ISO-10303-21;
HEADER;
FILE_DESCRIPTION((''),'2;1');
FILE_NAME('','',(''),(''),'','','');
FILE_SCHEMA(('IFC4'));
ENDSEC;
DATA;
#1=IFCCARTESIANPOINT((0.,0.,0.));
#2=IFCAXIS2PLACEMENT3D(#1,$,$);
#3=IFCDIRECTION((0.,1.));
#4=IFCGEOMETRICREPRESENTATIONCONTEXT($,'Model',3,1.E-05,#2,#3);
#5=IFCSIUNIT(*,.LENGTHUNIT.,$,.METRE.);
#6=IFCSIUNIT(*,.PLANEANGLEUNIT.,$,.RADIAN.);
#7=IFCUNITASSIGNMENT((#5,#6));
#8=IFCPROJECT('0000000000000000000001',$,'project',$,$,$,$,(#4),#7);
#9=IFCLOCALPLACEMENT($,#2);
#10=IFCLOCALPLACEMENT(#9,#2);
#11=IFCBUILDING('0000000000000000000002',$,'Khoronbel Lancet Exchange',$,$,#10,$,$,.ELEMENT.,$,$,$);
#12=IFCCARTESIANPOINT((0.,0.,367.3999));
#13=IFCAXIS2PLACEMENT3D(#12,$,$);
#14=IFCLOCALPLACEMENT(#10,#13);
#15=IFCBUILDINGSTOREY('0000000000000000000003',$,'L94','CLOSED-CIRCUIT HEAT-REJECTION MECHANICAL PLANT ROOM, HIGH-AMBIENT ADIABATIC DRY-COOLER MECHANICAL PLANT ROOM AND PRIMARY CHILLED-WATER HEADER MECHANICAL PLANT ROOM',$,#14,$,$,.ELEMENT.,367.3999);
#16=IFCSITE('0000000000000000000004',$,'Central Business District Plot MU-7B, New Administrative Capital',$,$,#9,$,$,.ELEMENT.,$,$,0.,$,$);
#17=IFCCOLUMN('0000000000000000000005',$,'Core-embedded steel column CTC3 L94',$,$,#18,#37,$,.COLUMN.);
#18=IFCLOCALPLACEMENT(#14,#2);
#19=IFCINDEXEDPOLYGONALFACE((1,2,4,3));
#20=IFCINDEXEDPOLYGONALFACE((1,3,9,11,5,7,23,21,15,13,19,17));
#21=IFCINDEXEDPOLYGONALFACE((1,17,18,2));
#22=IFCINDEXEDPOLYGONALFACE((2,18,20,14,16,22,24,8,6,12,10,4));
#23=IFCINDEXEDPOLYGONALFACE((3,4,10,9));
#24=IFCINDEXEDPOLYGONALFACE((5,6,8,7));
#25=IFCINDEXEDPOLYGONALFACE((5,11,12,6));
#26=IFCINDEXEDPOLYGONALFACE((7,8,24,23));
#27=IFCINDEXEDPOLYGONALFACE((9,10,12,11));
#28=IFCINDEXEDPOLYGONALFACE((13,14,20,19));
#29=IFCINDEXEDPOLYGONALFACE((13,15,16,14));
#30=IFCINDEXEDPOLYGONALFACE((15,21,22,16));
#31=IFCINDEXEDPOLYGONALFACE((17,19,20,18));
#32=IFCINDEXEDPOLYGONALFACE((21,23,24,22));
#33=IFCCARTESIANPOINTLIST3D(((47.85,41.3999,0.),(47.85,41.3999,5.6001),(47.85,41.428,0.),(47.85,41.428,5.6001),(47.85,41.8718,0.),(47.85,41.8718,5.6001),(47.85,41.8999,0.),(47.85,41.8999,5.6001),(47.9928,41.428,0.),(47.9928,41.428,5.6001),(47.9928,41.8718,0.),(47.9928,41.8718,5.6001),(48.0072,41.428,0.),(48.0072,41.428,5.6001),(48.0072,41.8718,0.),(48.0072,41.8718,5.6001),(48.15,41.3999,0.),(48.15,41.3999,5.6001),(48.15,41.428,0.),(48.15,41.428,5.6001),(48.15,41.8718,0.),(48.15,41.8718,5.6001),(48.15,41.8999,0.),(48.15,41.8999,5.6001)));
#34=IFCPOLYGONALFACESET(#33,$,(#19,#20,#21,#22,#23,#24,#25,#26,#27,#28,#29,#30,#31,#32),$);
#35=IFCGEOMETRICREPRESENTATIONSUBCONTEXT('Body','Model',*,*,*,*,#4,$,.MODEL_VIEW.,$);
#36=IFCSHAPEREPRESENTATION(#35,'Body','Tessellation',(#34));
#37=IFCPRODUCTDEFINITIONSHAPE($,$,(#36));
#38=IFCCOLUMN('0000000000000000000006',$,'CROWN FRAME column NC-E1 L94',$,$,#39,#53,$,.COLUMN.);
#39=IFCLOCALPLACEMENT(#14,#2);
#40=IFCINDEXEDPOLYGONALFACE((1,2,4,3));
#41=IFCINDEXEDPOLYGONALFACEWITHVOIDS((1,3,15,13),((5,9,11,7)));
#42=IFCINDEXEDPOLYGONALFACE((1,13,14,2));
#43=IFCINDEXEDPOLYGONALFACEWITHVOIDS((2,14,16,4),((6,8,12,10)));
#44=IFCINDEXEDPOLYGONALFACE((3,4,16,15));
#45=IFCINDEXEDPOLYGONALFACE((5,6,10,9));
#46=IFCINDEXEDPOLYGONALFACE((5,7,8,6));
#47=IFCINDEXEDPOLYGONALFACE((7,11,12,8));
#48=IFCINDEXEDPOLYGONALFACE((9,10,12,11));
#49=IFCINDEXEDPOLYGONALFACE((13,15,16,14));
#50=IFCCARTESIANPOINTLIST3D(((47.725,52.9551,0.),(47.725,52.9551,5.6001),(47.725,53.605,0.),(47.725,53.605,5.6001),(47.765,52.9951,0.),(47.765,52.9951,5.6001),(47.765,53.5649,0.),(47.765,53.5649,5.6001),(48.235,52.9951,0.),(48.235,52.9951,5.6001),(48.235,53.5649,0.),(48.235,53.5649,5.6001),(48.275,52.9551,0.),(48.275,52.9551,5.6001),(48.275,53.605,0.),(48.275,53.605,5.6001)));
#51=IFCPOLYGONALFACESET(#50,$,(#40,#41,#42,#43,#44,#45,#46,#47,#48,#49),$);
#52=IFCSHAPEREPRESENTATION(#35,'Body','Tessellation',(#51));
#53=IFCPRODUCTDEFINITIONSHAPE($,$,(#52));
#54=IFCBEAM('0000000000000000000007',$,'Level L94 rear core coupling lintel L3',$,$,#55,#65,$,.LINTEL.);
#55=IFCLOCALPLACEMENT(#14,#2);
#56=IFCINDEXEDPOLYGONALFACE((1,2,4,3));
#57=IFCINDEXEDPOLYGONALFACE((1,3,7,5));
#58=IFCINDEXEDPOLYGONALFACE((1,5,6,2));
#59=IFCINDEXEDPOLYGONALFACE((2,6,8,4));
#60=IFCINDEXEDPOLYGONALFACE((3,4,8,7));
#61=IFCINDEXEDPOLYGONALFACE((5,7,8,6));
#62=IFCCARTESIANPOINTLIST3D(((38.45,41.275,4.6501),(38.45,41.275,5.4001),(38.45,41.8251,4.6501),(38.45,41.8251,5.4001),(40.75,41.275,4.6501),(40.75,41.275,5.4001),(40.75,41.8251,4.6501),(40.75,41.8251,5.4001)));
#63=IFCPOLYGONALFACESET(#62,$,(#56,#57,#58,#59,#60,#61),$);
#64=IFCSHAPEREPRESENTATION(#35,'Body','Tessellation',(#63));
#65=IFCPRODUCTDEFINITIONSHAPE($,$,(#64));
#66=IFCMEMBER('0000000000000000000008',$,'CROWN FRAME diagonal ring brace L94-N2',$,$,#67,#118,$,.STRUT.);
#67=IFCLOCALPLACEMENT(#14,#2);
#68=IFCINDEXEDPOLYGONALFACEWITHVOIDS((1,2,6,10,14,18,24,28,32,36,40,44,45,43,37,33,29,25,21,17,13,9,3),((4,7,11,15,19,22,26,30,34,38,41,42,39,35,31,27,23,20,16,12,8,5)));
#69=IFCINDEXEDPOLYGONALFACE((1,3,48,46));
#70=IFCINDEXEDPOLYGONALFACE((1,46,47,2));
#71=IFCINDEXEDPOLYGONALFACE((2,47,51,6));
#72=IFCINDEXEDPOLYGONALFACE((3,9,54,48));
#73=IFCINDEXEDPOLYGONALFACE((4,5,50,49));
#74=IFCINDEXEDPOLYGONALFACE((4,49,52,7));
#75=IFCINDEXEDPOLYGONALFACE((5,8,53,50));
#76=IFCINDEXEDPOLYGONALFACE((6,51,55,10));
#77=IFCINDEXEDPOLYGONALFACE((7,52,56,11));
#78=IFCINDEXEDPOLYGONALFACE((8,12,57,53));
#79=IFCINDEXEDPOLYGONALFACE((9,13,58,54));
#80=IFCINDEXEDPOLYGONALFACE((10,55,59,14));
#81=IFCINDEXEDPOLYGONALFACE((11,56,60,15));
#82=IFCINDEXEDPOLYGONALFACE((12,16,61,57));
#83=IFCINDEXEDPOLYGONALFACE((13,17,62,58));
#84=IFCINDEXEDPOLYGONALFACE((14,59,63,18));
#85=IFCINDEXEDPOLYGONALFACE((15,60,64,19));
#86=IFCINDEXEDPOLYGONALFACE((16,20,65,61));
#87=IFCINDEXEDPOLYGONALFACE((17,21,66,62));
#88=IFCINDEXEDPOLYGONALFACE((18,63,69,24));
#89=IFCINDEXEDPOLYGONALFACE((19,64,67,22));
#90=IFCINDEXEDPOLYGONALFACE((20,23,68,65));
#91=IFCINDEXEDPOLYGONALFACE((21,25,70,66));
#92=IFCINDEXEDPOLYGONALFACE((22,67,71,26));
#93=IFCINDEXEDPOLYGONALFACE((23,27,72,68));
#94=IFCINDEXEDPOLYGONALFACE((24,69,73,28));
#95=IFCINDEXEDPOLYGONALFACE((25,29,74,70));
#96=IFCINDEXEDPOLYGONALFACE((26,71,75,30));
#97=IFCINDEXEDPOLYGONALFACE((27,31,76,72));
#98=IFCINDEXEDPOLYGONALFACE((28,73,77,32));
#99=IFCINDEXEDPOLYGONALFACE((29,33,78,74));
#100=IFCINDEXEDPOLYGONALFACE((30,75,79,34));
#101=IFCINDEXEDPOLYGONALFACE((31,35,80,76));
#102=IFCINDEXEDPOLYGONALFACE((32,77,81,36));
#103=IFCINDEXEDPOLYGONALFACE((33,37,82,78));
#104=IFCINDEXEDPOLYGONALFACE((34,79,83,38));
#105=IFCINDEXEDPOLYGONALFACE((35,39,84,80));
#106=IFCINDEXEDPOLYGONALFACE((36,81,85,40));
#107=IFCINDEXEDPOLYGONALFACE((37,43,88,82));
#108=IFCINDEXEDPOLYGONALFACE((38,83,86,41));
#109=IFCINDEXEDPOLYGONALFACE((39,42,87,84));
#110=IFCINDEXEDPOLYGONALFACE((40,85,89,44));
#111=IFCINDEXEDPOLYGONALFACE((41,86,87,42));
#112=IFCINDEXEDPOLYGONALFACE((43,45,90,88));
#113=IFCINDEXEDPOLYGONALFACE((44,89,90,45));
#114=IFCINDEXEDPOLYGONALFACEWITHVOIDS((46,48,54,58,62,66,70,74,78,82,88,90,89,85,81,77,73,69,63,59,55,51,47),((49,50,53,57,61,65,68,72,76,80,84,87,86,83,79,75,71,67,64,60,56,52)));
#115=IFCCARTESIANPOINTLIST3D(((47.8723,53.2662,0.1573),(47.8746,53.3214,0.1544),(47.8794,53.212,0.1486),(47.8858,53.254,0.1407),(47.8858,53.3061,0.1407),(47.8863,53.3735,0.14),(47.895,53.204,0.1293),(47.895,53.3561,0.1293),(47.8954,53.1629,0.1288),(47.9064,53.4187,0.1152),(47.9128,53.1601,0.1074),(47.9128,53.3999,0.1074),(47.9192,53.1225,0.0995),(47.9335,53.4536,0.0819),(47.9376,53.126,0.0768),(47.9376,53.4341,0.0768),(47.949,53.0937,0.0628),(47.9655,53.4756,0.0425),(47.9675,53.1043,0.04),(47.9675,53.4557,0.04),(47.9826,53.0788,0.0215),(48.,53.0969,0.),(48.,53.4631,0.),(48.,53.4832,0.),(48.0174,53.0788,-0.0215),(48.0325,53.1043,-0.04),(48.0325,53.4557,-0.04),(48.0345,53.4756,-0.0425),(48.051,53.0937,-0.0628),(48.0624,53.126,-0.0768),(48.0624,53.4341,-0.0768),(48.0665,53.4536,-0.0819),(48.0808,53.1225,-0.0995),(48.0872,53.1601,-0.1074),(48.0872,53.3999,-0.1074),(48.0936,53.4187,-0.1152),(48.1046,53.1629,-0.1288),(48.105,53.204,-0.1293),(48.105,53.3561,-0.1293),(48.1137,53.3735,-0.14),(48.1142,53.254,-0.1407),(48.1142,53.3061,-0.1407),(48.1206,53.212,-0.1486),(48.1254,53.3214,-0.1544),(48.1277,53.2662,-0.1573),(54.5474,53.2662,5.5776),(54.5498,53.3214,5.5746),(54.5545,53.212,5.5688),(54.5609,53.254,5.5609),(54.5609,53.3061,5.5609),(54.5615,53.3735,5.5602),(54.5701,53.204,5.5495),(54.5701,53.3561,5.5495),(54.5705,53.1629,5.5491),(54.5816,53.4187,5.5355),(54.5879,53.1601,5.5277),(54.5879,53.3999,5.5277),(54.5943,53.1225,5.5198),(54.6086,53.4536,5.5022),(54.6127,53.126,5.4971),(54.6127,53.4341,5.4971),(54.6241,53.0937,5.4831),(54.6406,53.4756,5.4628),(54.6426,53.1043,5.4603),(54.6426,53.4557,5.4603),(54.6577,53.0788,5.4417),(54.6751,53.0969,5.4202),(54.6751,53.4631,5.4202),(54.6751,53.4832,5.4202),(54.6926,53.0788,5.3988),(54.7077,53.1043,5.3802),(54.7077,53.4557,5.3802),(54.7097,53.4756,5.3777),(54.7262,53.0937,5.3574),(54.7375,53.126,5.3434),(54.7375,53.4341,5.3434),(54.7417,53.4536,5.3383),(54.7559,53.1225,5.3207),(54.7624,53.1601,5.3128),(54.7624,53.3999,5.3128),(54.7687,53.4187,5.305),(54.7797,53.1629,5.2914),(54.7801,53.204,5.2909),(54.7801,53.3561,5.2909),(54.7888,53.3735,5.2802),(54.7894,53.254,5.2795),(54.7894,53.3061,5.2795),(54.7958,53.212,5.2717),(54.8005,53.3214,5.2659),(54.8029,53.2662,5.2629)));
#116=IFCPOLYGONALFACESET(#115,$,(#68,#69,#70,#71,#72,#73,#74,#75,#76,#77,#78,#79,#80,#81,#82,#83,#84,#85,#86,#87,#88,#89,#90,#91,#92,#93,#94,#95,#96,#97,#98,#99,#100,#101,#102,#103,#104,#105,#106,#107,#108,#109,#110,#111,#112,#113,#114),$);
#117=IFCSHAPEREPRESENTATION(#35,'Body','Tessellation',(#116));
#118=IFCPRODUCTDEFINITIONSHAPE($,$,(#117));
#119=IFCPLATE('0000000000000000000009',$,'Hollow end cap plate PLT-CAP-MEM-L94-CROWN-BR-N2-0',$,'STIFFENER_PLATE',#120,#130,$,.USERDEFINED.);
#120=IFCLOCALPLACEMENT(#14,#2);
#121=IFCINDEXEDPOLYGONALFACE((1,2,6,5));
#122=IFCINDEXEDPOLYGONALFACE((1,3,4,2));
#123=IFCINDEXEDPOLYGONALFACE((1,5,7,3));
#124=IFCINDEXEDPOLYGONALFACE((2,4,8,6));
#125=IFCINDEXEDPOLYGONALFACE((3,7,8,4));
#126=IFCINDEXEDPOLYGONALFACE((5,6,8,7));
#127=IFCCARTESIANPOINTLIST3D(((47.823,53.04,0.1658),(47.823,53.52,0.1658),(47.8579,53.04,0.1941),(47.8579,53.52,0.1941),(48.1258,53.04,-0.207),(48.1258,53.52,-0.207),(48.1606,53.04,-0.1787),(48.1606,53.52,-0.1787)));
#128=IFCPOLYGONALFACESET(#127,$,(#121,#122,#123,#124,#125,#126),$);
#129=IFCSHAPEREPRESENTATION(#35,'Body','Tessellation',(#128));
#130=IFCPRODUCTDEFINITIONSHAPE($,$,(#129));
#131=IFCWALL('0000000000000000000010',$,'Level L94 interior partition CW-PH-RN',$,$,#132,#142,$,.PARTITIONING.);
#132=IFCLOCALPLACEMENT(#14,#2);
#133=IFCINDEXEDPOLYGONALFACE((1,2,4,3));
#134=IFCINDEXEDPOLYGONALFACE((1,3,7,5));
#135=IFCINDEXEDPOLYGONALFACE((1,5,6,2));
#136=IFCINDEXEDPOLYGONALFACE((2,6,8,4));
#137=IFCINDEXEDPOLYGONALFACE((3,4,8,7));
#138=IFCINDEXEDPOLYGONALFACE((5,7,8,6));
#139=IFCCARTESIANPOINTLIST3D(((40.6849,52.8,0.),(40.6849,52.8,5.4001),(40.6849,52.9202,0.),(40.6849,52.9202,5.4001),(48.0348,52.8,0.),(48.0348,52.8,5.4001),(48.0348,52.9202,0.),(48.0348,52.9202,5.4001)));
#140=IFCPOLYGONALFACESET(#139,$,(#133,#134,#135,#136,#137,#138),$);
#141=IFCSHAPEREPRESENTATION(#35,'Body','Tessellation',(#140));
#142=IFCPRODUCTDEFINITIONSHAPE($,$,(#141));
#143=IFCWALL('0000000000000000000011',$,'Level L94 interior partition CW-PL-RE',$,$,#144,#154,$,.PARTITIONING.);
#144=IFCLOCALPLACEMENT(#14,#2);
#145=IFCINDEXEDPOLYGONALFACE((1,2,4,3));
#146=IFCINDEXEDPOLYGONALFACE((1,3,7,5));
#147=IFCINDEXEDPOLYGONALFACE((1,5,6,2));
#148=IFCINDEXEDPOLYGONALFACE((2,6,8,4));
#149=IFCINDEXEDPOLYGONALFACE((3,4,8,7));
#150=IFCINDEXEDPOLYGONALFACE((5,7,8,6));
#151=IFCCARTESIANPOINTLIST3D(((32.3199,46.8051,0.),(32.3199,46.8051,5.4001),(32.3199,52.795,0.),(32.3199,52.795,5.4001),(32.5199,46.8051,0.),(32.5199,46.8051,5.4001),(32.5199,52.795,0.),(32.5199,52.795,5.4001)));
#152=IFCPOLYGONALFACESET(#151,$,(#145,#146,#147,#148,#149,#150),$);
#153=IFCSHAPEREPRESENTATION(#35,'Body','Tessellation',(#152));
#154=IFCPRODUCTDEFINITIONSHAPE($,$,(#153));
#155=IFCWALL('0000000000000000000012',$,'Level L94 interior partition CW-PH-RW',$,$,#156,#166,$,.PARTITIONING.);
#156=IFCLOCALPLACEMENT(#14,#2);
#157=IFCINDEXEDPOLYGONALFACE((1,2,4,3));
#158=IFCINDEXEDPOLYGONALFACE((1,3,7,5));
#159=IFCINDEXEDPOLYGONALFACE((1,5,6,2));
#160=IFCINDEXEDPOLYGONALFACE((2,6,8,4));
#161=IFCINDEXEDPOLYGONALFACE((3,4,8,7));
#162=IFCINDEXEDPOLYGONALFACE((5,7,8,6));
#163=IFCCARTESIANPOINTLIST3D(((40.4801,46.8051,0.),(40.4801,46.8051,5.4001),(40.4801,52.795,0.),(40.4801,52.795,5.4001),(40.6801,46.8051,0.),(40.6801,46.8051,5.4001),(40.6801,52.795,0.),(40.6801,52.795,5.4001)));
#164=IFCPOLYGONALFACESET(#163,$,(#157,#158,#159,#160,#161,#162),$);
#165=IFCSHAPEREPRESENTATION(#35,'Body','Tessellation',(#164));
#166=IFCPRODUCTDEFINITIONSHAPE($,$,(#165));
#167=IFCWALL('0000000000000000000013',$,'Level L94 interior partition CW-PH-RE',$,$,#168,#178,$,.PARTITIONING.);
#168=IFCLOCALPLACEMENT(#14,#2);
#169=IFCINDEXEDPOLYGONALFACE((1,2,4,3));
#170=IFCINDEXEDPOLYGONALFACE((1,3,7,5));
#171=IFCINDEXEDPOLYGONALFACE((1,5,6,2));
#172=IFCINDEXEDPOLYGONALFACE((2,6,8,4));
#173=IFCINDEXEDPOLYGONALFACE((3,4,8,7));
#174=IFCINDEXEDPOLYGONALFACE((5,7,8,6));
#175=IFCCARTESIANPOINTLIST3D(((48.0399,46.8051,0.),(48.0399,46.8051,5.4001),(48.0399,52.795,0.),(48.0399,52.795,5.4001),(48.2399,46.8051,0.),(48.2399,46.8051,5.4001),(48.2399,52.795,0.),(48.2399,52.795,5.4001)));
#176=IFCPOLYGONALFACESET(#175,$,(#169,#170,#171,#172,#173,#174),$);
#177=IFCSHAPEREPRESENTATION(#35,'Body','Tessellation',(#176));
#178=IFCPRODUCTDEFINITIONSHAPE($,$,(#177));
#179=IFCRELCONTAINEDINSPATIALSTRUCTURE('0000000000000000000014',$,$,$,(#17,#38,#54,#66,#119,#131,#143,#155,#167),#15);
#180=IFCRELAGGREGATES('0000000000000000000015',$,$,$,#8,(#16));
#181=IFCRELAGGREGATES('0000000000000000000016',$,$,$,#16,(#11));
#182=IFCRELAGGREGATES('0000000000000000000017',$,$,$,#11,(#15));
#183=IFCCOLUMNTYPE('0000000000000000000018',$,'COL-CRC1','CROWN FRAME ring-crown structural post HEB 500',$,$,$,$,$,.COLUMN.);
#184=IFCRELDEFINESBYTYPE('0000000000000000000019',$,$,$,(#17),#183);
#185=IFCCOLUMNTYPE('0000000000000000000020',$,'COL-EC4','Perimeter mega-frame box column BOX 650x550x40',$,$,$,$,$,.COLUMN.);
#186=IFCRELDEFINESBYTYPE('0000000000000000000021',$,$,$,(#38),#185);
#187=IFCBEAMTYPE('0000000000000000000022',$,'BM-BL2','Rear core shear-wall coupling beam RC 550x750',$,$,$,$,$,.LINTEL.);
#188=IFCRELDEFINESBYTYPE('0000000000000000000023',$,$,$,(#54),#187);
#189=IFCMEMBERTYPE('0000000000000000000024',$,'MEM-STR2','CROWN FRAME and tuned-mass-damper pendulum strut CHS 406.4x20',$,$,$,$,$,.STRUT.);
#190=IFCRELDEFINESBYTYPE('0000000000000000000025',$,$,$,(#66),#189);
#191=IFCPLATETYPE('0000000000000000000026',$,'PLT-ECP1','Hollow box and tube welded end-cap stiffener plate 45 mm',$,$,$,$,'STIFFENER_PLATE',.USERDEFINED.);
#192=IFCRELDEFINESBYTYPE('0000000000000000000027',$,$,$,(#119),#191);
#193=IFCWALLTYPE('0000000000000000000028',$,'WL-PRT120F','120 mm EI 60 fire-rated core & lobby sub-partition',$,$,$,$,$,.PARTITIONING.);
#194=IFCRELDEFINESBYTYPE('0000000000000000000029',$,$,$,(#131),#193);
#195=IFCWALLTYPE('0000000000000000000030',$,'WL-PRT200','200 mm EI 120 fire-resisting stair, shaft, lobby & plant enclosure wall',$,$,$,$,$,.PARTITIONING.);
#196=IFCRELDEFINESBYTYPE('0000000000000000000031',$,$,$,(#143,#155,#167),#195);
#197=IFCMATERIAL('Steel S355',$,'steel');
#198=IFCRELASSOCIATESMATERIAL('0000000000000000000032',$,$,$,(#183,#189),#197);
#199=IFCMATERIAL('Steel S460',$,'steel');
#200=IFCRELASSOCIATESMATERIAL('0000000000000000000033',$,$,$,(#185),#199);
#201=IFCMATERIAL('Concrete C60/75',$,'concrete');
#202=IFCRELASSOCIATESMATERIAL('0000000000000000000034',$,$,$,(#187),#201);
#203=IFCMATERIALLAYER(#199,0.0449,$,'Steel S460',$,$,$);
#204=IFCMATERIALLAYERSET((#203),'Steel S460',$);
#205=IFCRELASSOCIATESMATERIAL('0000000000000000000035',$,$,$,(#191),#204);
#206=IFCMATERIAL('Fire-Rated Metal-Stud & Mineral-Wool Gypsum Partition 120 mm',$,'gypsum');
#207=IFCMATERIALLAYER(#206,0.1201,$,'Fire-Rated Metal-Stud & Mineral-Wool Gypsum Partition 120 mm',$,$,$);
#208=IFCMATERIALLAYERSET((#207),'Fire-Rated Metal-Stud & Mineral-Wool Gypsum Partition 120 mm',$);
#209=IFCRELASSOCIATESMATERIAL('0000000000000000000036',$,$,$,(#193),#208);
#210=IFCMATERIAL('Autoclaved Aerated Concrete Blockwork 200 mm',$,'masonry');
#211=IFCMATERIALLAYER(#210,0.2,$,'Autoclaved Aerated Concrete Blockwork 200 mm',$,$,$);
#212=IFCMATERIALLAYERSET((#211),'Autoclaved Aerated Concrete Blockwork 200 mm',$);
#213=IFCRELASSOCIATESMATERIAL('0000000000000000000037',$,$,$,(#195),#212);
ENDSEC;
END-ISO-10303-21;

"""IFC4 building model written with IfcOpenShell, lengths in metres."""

from ifc_helpers import new_model, si_unit, direction, frame, frame_2d, origin, origin_2d, place, context, subcontext, project, spatial, polyline, rectangle, hollow_rectangle, hollow_circle, i_section, outline, extrude, material, layer, layer_set, material_profile, profile_set, type_object, element, save


model = new_model("IFC4")

# Units and contexts
model_context = context("Model", 3, precision=1e-05, world=origin(), true_north=direction((0.0, 1.0)))
body_context = subcontext(model_context, "Body", "Model", "MODEL_VIEW")
ifc_project = project(units=[si_unit("LENGTHUNIT", "METRE"), si_unit("PLANEANGLEUNIT", "RADIAN")], contexts=[model_context])

# Site, building, storey
site_placement = place(None, origin())
site = spatial("IfcSite", under=ifc_project, at=site_placement, Name="Central Business District Plot MU-7B, New Administrative Capital", CompositionType="ELEMENT", RefElevation=0.0)
building_placement = place(site_placement, origin())
building = spatial("IfcBuilding", under=site, at=building_placement, Name="Khoronbel Lancet Exchange", CompositionType="ELEMENT")
storey_placement = place(building_placement, frame((0.0, 0.0, 367.3999)))
storey = spatial("IfcBuildingStorey", under=building, at=storey_placement, Name="L94", Description="CLOSED-CIRCUIT HEAT-REJECTION MECHANICAL PLANT ROOM, HIGH-AMBIENT ADIABATIC DRY-COOLER MECHANICAL PLANT ROOM AND PRIMARY CHILLED-WATER HEADER MECHANICAL PLANT ROOM", CompositionType="ELEMENT", Elevation=367.3999)

# Columns
ifc_material_1 = material(Name="Steel S355", Category="steel")
ifc_material_profile_1 = material_profile(ifc_material_1, i_section(OverallWidth=0.3, OverallDepth=0.5, WebThickness=0.0144, FlangeThickness=0.0281, at=origin_2d()), Name="HEB 500")
ifc_profile_set_1 = profile_set([ifc_material_profile_1], Name="Steel S355")
column_type_1 = type_object("IfcColumnType", Name="COL-CRC1", Description="CROWN FRAME ring-crown structural post HEB 500", PredefinedType="COLUMN", material=ifc_profile_set_1)
column_1_placement = place(storey_placement, frame((48.0, 41.6499, 0.0), z_axis=(0.0, 0.0, 1.0), x_axis=(1.0, 0.0, 0.0)))
element("IfcColumn", 1, at=column_1_placement, inside=storey, type_object=column_type_1, Name="Core-embedded steel column CTC3 L94", PredefinedType="COLUMN", context=body_context, shape_type="SweptSolid", body=[
    extrude(i_section(OverallWidth=0.3, OverallDepth=0.5, WebThickness=0.0144, FlangeThickness=0.0281, at=origin_2d()), origin(), (0.0, 0.0, 1.0), 5.6001),
])
ifc_material_2 = material(Name="Steel S460", Category="steel")
ifc_material_profile_2 = material_profile(ifc_material_2, hollow_rectangle(XDim=0.55, YDim=0.6499, WallThickness=0.04, at=origin_2d()), Name="BOX 650x550x40")
ifc_profile_set_2 = profile_set([ifc_material_profile_2], Name="Steel S460")
column_type_2 = type_object("IfcColumnType", Name="COL-EC4", Description="Perimeter mega-frame box column BOX 650x550x40", PredefinedType="COLUMN", material=ifc_profile_set_2)
column_2_placement = place(storey_placement, frame((48.0, 53.28, 0.0), z_axis=(0.0, 0.0, 1.0), x_axis=(1.0, 0.0, 0.0)))
element("IfcColumn", 2, at=column_2_placement, inside=storey, type_object=column_type_2, Name="CROWN FRAME column NC-E1 L94", PredefinedType="COLUMN", context=body_context, shape_type="SweptSolid", body=[
    extrude(hollow_rectangle(XDim=0.55, YDim=0.6499, WallThickness=0.04, at=origin_2d()), origin(), (0.0, 0.0, 1.0), 5.6001),
])

# Beam
ifc_material_3 = material(Name="Concrete C60/75", Category="concrete")
ifc_material_profile_3 = material_profile(ifc_material_3, rectangle(XDim=0.55, YDim=0.75, at=origin_2d()), Name="RC 550x750")
ifc_profile_set_3 = profile_set([ifc_material_profile_3], Name="Concrete C60/75")
beam_type = type_object("IfcBeamType", Name="BM-BL2", Description="Rear core shear-wall coupling beam RC 550x750", PredefinedType="LINTEL", material=ifc_profile_set_3)
beam_placement = place(storey_placement, frame((38.45, 41.55, 5.0251), z_axis=(1.0, 0.0, 0.0), x_axis=(0.0, 1.0, 0.0)))
element("IfcBeam", 3, at=beam_placement, inside=storey, type_object=beam_type, Name="Level L94 rear core coupling lintel L3", PredefinedType="LINTEL", context=body_context, shape_type="SweptSolid", body=[
    extrude(rectangle(XDim=0.55, YDim=0.75, at=origin_2d()), origin(), (0.0, 0.0, 1.0), 2.3),
])

# Member
ifc_material_profile_4 = material_profile(ifc_material_1, hollow_circle(Radius=0.2031, WallThickness=0.02, at=origin_2d()), Name="CHS 406.4x20")
ifc_profile_set_4 = profile_set([ifc_material_profile_4], Name="Steel S355")
member_type = type_object("IfcMemberType", Name="MEM-STR2", Description="CROWN FRAME and tuned-mass-damper pendulum strut CHS 406.4x20", PredefinedType="STRUT", material=ifc_profile_set_4)
member_placement = place(storey_placement, frame((48.0, 53.28, 0.0), z_axis=(0.776302, 0.0, 0.630361), x_axis=(0.0, 1.0, 0.0)))
element("IfcMember", 4, at=member_placement, inside=storey, type_object=member_type, Name="CROWN FRAME diagonal ring brace L94-N2", PredefinedType="STRUT", context=body_context, shape_type="SweptSolid", body=[
    extrude(hollow_circle(Radius=0.2031, WallThickness=0.02, at=origin_2d()), origin(), (0.0, 0.0, 1.0), 8.5986),
])

# Plate
ifc_layer_1 = layer(ifc_material_2, 0.0449, Name="Steel S460")
ifc_layer_set_1 = layer_set([ifc_layer_1], Name="Steel S460")
plate_type = type_object("IfcPlateType", Name="PLT-ECP1", Description="Hollow box and tube welded end-cap stiffener plate 45 mm", ElementType="STIFFENER_PLATE", PredefinedType="USERDEFINED", material=ifc_layer_set_1)
plate_placement = place(storey_placement, frame((48.1606, 53.04, -0.1787), z_axis=(0.776285, 0.0, 0.630382), x_axis=(0.0, 1.0, 0.0)))
element("IfcPlate", 5, at=plate_placement, inside=storey, type_object=plate_type, Name="Hollow end cap plate PLT-CAP-MEM-L94-CROWN-BR-N2-0", ObjectType="STIFFENER_PLATE", PredefinedType="USERDEFINED", context=body_context, shape_type="SweptSolid", body=[
    extrude(outline(polyline([(0.0, 0.0), (0.48, 0.0), (0.48, 0.4802), (0.0, 0.4802), (0.0, 0.0)])), origin(), (0.0, 0.0, -1.0), 0.0449),
])

# Walls
ifc_material_4 = material(Name="Fire-Rated Metal-Stud & Mineral-Wool Gypsum Partition 120 mm", Category="gypsum")
ifc_layer_2 = layer(ifc_material_4, 0.1201, Name="Fire-Rated Metal-Stud & Mineral-Wool Gypsum Partition 120 mm")
ifc_layer_set_2 = layer_set([ifc_layer_2], Name="Fire-Rated Metal-Stud & Mineral-Wool Gypsum Partition 120 mm")
wall_type_1 = type_object("IfcWallType", Name="WL-PRT120F", Description="120 mm EI 60 fire-rated core & lobby sub-partition", PredefinedType="PARTITIONING", material=ifc_layer_set_2)
wall_1_placement = place(storey_placement, frame((40.6851, 52.8601, 0.0), z_axis=(0.0, 0.0, 1.0), x_axis=(1.0, 0.0, 0.0)))
element("IfcWall", 6, at=wall_1_placement, inside=storey, type_object=wall_type_1, Name="Level L94 interior partition CW-PH-RN", PredefinedType="PARTITIONING", context=body_context, shape_type="SweptSolid", body=[
    extrude(rectangle(XDim=7.3499, YDim=0.1201, at=frame_2d((3.6748, 0.0))), origin(), (0.0, 0.0, 1.0), 5.4001),
])
ifc_material_5 = material(Name="Autoclaved Aerated Concrete Blockwork 200 mm", Category="masonry")
ifc_layer_3 = layer(ifc_material_5, 0.2, Name="Autoclaved Aerated Concrete Blockwork 200 mm")
ifc_layer_set_3 = layer_set([ifc_layer_3], Name="Autoclaved Aerated Concrete Blockwork 200 mm")
wall_type_2 = type_object("IfcWallType", Name="WL-PRT200", Description="200 mm EI 120 fire-resisting stair, shaft, lobby & plant enclosure wall", PredefinedType="PARTITIONING", material=ifc_layer_set_3)
for number, where, z_axis, x_axis, name in (
    (7, (32.4199, 46.8049, 0.0), (0.0, 0.0, 1.0), (0.0, 1.0, 0.0), "Level L94 interior partition CW-PL-RE"),
    (8, (40.5801, 46.8049, 0.0), (0.0, 0.0, 1.0), (0.0, 1.0, 0.0), "Level L94 interior partition CW-PH-RW"),
    (9, (48.1399, 46.8049, 0.0), (0.0, 0.0, 1.0), (0.0, 1.0, 0.0), "Level L94 interior partition CW-PH-RE"),
):
    element("IfcWall", number, at=place(storey_placement, frame(where, z_axis=z_axis, x_axis=x_axis)), inside=storey, type_object=wall_type_2, Name=name, PredefinedType="PARTITIONING", context=body_context, shape_type="SweptSolid", body=[
        extrude(rectangle(XDim=5.99, YDim=0.2, at=frame_2d((2.9951, 0.0))), origin(), (0.0, 0.0, 1.0), 5.4001),
    ])

save(model, "model.ifc")
